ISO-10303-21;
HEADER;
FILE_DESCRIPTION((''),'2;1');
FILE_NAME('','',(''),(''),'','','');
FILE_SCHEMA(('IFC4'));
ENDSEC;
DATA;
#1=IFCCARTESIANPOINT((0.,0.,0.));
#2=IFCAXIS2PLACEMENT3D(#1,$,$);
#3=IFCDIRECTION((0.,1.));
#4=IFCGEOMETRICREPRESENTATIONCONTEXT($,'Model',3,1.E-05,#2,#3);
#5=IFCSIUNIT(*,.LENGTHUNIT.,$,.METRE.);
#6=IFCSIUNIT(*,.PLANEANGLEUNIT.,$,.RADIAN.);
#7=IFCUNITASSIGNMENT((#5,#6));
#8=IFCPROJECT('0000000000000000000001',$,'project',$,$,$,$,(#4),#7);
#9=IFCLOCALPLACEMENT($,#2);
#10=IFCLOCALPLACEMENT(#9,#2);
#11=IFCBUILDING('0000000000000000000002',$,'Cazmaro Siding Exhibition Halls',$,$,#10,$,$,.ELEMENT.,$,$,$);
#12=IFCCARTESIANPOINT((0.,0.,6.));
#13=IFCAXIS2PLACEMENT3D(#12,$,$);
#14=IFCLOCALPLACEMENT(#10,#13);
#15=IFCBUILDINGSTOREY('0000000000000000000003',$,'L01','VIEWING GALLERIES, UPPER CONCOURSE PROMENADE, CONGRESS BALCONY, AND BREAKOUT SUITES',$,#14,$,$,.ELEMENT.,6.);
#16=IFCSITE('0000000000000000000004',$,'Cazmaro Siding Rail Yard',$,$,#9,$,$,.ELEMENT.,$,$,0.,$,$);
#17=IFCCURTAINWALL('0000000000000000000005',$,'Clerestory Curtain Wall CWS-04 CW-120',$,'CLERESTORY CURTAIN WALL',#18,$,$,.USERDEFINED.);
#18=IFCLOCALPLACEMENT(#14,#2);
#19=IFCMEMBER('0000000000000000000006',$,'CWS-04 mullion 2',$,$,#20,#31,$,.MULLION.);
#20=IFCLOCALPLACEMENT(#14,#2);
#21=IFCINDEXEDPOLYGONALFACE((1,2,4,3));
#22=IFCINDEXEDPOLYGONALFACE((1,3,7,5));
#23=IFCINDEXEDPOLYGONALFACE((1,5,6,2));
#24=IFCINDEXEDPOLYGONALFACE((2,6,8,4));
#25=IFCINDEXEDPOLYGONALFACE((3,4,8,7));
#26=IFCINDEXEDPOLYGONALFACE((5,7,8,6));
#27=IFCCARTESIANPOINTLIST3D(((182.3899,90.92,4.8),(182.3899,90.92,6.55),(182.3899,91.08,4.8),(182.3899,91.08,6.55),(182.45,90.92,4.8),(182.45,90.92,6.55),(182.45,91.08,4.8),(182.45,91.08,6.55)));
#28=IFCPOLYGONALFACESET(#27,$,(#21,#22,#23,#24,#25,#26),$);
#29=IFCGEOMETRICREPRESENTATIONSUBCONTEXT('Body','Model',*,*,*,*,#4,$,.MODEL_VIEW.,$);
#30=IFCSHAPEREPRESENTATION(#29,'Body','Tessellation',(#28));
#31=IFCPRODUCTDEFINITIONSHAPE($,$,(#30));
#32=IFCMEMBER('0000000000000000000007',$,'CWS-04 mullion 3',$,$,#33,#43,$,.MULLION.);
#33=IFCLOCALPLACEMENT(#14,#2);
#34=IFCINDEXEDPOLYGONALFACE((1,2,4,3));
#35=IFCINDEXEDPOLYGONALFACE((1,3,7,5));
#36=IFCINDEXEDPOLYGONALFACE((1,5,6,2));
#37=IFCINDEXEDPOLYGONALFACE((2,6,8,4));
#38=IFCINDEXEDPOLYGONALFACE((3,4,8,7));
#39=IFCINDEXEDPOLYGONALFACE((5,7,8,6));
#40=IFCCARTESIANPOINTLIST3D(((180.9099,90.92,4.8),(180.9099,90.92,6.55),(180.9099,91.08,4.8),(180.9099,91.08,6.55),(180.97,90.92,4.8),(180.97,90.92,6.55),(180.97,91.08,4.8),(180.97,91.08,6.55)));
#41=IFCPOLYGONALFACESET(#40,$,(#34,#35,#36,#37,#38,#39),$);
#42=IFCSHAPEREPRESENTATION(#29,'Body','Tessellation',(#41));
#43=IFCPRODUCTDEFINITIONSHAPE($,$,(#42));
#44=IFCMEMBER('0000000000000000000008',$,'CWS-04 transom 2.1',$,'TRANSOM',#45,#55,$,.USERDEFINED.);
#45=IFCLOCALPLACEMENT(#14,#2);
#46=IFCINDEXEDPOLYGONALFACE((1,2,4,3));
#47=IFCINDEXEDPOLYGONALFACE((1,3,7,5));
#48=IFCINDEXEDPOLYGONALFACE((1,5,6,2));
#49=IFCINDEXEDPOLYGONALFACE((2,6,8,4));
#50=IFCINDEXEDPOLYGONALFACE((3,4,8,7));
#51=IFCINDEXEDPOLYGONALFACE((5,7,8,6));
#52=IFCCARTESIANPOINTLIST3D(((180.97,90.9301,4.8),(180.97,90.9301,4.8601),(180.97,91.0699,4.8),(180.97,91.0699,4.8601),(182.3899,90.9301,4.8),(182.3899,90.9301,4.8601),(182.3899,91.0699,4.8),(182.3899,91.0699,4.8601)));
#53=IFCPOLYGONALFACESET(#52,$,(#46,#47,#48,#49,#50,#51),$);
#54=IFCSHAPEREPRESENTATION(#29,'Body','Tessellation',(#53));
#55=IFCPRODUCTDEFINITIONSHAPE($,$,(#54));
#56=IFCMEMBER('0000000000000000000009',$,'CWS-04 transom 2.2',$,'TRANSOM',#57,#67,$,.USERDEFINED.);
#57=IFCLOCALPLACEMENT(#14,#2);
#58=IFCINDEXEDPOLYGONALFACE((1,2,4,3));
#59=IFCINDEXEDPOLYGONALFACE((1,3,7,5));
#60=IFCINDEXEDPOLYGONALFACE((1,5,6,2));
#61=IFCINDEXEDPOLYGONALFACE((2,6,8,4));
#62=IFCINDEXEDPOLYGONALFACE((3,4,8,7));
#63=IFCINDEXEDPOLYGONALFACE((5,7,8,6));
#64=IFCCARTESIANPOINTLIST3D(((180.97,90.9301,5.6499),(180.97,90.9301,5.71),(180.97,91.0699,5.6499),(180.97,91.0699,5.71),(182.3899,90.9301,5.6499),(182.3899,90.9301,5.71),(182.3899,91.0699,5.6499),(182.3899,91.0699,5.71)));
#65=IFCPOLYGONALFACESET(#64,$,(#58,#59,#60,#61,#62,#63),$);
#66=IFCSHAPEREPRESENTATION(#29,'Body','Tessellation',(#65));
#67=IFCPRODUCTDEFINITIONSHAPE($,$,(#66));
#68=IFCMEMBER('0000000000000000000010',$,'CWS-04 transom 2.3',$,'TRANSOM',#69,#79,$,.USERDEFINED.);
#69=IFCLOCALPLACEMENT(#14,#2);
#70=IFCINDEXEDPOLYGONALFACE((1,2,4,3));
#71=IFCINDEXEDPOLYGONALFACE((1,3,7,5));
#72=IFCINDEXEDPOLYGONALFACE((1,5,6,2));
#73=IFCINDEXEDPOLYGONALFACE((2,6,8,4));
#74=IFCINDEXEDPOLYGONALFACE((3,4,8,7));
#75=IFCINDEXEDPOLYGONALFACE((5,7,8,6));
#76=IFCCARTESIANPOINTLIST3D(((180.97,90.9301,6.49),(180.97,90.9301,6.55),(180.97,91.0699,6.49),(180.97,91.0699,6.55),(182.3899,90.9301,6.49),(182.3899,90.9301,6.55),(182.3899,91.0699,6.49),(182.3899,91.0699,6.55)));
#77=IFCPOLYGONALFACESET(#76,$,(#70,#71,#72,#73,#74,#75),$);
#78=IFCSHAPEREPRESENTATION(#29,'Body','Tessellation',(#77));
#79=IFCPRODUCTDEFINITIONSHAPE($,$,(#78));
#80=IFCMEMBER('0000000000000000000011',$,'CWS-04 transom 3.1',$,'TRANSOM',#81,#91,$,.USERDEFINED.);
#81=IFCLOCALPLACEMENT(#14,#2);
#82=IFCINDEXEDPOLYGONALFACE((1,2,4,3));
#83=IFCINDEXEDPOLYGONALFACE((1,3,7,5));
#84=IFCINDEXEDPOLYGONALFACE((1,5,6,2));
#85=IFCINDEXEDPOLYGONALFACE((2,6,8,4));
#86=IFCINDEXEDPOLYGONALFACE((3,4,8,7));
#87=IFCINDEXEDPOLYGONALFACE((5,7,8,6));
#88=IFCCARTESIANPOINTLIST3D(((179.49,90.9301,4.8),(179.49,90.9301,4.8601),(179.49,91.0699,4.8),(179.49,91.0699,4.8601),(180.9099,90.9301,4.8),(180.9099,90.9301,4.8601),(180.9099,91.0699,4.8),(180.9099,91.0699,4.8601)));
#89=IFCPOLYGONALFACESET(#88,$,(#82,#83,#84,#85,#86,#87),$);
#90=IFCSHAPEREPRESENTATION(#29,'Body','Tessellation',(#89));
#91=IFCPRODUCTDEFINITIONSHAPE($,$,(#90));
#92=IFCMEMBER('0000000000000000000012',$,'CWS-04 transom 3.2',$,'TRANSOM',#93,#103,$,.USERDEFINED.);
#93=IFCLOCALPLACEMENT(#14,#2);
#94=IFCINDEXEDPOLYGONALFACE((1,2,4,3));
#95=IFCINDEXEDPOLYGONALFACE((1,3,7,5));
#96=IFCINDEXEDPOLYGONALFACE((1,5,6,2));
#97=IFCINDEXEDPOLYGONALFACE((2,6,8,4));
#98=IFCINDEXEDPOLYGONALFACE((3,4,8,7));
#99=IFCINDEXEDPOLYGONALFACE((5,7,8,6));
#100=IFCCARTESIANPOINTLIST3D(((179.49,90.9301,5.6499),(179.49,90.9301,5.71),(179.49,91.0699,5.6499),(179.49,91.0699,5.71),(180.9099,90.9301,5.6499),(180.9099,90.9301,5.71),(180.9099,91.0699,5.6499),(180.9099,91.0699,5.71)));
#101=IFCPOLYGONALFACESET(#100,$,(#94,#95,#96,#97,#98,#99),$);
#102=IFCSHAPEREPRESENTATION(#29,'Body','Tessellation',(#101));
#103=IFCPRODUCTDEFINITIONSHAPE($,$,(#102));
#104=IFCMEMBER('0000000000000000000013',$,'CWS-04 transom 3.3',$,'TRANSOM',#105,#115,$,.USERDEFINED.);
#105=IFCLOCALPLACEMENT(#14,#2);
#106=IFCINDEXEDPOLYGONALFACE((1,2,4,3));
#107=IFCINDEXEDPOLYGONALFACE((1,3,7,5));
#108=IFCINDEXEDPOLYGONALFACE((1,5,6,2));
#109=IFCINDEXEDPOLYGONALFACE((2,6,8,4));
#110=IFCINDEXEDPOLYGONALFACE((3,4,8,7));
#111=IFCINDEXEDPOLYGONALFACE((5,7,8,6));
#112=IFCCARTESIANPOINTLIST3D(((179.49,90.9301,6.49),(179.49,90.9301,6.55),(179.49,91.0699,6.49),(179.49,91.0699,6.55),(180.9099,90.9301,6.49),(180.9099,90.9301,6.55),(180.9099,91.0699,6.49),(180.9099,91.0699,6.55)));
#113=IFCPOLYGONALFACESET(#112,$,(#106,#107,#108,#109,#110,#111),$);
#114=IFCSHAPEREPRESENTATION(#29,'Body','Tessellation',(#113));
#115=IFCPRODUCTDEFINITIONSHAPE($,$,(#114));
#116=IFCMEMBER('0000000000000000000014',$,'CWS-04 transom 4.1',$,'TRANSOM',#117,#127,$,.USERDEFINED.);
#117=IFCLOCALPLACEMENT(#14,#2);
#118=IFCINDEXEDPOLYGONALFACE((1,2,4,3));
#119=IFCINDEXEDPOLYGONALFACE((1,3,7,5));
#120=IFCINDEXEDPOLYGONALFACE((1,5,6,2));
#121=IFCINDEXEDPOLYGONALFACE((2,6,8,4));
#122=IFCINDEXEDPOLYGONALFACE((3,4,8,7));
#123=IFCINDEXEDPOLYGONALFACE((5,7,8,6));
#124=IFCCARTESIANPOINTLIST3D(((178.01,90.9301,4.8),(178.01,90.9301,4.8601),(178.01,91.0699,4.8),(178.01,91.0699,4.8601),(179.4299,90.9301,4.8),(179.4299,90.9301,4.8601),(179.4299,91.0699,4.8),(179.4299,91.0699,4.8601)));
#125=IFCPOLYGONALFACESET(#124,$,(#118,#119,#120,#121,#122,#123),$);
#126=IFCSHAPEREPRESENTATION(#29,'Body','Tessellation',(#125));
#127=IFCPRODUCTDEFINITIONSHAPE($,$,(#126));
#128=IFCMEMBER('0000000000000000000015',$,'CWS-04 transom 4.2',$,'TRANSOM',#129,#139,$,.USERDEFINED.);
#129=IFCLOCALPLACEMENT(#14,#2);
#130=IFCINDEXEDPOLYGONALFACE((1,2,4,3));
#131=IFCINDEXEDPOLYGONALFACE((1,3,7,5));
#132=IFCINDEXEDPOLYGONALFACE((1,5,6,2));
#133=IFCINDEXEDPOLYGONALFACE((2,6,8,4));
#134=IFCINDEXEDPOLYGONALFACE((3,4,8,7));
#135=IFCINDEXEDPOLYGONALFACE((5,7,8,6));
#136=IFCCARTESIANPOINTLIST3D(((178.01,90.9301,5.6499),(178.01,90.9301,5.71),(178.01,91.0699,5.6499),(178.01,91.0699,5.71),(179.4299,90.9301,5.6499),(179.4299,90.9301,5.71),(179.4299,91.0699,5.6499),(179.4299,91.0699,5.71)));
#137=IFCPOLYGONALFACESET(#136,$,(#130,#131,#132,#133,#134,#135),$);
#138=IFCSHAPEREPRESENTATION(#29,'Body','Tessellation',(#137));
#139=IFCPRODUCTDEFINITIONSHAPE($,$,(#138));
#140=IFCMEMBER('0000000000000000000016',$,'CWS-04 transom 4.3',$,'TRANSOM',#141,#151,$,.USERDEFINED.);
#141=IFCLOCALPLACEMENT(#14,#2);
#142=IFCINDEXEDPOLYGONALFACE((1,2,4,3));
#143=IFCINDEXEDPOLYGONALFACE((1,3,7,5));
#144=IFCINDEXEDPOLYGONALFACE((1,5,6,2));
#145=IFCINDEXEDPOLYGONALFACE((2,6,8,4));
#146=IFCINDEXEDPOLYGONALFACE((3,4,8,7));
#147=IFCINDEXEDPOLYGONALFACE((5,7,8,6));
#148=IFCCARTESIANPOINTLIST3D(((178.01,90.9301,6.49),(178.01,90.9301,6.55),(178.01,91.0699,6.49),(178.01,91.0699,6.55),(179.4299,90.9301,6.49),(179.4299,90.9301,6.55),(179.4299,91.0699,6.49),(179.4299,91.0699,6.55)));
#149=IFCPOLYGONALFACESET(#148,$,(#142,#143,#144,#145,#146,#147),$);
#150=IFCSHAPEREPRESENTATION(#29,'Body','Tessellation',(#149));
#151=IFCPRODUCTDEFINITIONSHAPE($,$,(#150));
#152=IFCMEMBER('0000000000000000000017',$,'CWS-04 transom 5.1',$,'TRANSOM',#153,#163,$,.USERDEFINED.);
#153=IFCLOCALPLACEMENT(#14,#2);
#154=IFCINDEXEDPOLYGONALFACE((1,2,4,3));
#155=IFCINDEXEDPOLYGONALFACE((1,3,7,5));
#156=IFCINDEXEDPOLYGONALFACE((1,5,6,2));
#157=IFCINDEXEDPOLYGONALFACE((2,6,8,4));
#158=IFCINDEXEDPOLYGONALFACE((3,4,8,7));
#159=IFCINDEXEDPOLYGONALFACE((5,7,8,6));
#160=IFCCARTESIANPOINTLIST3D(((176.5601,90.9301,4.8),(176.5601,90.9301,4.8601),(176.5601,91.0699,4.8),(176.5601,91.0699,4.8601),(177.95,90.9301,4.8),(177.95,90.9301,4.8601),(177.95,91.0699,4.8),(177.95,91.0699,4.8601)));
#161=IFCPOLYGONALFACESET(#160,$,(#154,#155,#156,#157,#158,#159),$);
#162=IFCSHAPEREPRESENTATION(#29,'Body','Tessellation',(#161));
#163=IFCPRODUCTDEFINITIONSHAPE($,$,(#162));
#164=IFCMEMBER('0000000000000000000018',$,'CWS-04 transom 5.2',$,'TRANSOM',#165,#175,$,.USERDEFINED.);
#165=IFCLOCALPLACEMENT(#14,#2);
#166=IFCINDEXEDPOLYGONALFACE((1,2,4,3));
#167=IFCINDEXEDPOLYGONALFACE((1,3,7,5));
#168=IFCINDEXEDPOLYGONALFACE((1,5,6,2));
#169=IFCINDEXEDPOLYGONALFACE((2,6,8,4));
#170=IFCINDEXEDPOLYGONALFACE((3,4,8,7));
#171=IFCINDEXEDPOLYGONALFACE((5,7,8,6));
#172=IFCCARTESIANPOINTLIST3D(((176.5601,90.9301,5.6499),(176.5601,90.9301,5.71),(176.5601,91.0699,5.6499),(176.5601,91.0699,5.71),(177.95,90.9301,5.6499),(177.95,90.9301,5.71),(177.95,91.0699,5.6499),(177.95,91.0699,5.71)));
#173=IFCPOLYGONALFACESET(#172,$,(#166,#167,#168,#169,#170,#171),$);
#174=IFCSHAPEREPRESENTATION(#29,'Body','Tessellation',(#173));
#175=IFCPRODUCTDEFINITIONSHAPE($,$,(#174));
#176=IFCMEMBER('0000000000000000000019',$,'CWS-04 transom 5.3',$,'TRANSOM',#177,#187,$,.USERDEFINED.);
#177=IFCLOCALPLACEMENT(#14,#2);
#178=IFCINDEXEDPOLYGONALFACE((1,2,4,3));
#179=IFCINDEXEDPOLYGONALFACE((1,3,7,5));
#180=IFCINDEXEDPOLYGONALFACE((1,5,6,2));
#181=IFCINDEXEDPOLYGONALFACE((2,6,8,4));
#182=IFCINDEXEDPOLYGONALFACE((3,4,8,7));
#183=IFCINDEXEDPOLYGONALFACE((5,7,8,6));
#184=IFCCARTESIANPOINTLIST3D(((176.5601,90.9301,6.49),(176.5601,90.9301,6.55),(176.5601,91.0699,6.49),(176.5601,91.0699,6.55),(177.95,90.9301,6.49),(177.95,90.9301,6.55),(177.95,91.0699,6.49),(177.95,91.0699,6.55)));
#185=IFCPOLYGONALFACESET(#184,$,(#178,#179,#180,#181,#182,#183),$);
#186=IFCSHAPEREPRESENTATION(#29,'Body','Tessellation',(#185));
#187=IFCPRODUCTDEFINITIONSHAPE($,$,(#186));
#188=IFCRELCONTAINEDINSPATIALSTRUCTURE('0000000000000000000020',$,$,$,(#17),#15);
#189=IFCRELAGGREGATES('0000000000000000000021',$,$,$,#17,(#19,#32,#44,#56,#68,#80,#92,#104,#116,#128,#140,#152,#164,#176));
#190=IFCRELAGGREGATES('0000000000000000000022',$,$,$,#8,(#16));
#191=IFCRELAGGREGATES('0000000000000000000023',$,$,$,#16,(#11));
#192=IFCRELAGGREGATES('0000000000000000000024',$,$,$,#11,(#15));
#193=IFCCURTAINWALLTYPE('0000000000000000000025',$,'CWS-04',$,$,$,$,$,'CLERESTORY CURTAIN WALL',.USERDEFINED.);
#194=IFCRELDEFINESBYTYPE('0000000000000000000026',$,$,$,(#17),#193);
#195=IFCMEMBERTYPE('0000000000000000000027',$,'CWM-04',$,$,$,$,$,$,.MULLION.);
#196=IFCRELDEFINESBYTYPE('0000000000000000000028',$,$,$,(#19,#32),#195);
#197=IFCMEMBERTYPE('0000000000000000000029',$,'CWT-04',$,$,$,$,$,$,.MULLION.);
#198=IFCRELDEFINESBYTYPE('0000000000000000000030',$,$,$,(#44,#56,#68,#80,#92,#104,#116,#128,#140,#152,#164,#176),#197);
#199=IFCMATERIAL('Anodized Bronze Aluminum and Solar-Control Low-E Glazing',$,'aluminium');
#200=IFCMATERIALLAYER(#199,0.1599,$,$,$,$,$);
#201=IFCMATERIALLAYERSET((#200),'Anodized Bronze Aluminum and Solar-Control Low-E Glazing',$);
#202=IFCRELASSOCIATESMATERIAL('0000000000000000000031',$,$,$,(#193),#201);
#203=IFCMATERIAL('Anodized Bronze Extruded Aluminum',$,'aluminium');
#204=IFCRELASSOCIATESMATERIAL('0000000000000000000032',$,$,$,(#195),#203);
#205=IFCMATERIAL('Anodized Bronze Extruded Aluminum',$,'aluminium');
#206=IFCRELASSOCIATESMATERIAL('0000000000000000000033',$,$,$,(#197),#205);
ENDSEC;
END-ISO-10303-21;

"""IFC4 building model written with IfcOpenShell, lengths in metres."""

from ifc_helpers import new_model, si_unit, direction, frame, origin, origin_2d, place, context, subcontext, project, spatial, rectangle, extrude, material, layer, layer_set, material_profile, profile_set, type_object, element, aggregate, save


model = new_model("IFC4")

# Units and contexts
model_context = context("Model", 3, precision=1e-05, world=origin(), true_north=direction((0.0, 1.0)))
body_context = subcontext(model_context, "Body", "Model", "MODEL_VIEW")
ifc_project = project(units=[si_unit("LENGTHUNIT", "METRE"), si_unit("PLANEANGLEUNIT", "RADIAN")], contexts=[model_context])

# Site, building, storey
site_placement = place(None, origin())
site = spatial("IfcSite", under=ifc_project, at=site_placement, Name="Cazmaro Siding Rail Yard", CompositionType="ELEMENT", RefElevation=0.0)
building_placement = place(site_placement, origin())
building = spatial("IfcBuilding", under=site, at=building_placement, Name="Cazmaro Siding Exhibition Halls", CompositionType="ELEMENT")
storey_placement = place(building_placement, frame((0.0, 0.0, 6.0)))
storey = spatial("IfcBuildingStorey", under=building, at=storey_placement, Name="L01", Description="VIEWING GALLERIES, UPPER CONCOURSE PROMENADE, CONGRESS BALCONY, AND BREAKOUT SUITES", CompositionType="ELEMENT", Elevation=6.0)

# Curtain wall, members
ifc_material_1 = material(Name="Anodized Bronze Aluminum and Solar-Control Low-E Glazing", Category="aluminium")
ifc_layer_1 = layer(ifc_material_1, 0.1599)
ifc_layer_set_1 = layer_set([ifc_layer_1], Name="Anodized Bronze Aluminum and Solar-Control Low-E Glazing")
curtain_wall_type = type_object("IfcCurtainWallType", Name="CWS-04", ElementType="CLERESTORY CURTAIN WALL", PredefinedType="USERDEFINED", material=ifc_layer_set_1)
curtain_wall_placement = place(storey_placement, origin())
curtain_wall = element("IfcCurtainWall", 1, at=curtain_wall_placement, inside=storey, type_object=curtain_wall_type, Name="Clerestory Curtain Wall CWS-04 CW-120", ObjectType="CLERESTORY CURTAIN WALL", PredefinedType="USERDEFINED")
ifc_material_2 = material(Name="Anodized Bronze Extruded Aluminum", Category="aluminium")
ifc_material_profile_1 = material_profile(ifc_material_2, rectangle(XDim=0.1599, YDim=0.0601, at=origin_2d()), Name="CWM-04")
ifc_profile_set_1 = profile_set([ifc_material_profile_1], Name="Anodized Bronze Extruded Aluminum")
member_type_1 = type_object("IfcMemberType", Name="CWM-04", PredefinedType="MULLION", material=ifc_profile_set_1)
member_1_placement = place(storey_placement, frame((182.4199, 91.0, 4.8), z_axis=(0.0, 0.0, 1.0), x_axis=(0.0, -1.0, 0.0)))
member_1 = element("IfcMember", 2, at=member_1_placement, type_object=member_type_1, Name="CWS-04 mullion 2", PredefinedType="MULLION", context=body_context, shape_type="SweptSolid", body=[
    extrude(rectangle(XDim=0.1599, YDim=0.0601, at=origin_2d()), origin(), (0.0, 0.0, 1.0), 1.75),
])
member_2_placement = place(storey_placement, frame((180.9399, 91.0, 4.8), z_axis=(0.0, 0.0, 1.0), x_axis=(0.0, -1.0, 0.0)))
member_2 = element("IfcMember", 3, at=member_2_placement, type_object=member_type_1, Name="CWS-04 mullion 3", PredefinedType="MULLION", context=body_context, shape_type="SweptSolid", body=[
    extrude(rectangle(XDim=0.1599, YDim=0.0601, at=origin_2d()), origin(), (0.0, 0.0, 1.0), 1.75),
])
ifc_material_3 = material(Name="Anodized Bronze Extruded Aluminum", Category="aluminium")
ifc_material_profile_2 = material_profile(ifc_material_3, rectangle(XDim=0.1399, YDim=0.0601, at=origin_2d()), Name="CWT-04")
ifc_profile_set_2 = profile_set([ifc_material_profile_2], Name="Anodized Bronze Extruded Aluminum")
member_type_2 = type_object("IfcMemberType", Name="CWT-04", PredefinedType="MULLION", material=ifc_profile_set_2)
member_3_placement = place(storey_placement, frame((182.3899, 91.0, 4.8301), z_axis=(-1.0, 0.0, 0.0), x_axis=(0.0, -1.0, 0.0)))
member_3 = element("IfcMember", 4, at=member_3_placement, type_object=member_type_2, Name="CWS-04 transom 2.1", ObjectType="TRANSOM", PredefinedType="USERDEFINED", context=body_context, shape_type="SweptSolid", body=[
    extrude(rectangle(XDim=0.1399, YDim=0.0601, at=origin_2d()), origin(), (0.0, 0.0, 1.0), 1.4199),
])
member_4_placement = place(storey_placement, frame((182.3899, 91.0, 5.6799), z_axis=(-1.0, 0.0, 0.0), x_axis=(0.0, -1.0, 0.0)))
member_4 = element("IfcMember", 5, at=member_4_placement, type_object=member_type_2, Name="CWS-04 transom 2.2", ObjectType="TRANSOM", PredefinedType="USERDEFINED", context=body_context, shape_type="SweptSolid", body=[
    extrude(rectangle(XDim=0.1399, YDim=0.0601, at=origin_2d()), origin(), (0.0, 0.0, 1.0), 1.4199),
])
member_5_placement = place(storey_placement, frame((182.3899, 91.0, 6.52), z_axis=(-1.0, 0.0, 0.0), x_axis=(0.0, -1.0, 0.0)))
member_5 = element("IfcMember", 6, at=member_5_placement, type_object=member_type_2, Name="CWS-04 transom 2.3", ObjectType="TRANSOM", PredefinedType="USERDEFINED", context=body_context, shape_type="SweptSolid", body=[
    extrude(rectangle(XDim=0.1399, YDim=0.0601, at=origin_2d()), origin(), (0.0, 0.0, 1.0), 1.4199),
])
member_6_placement = place(storey_placement, frame((180.9099, 91.0, 4.8301), z_axis=(-1.0, 0.0, 0.0), x_axis=(0.0, -1.0, 0.0)))
member_6 = element("IfcMember", 7, at=member_6_placement, type_object=member_type_2, Name="CWS-04 transom 3.1", ObjectType="TRANSOM", PredefinedType="USERDEFINED", context=body_context, shape_type="SweptSolid", body=[
    extrude(rectangle(XDim=0.1399, YDim=0.0601, at=origin_2d()), origin(), (0.0, 0.0, 1.0), 1.4199),
])
member_7_placement = place(storey_placement, frame((180.9099, 91.0, 5.6799), z_axis=(-1.0, 0.0, 0.0), x_axis=(0.0, -1.0, 0.0)))
member_7 = element("IfcMember", 8, at=member_7_placement, type_object=member_type_2, Name="CWS-04 transom 3.2", ObjectType="TRANSOM", PredefinedType="USERDEFINED", context=body_context, shape_type="SweptSolid", body=[
    extrude(rectangle(XDim=0.1399, YDim=0.0601, at=origin_2d()), origin(), (0.0, 0.0, 1.0), 1.4199),
])
member_8_placement = place(storey_placement, frame((180.9099, 91.0, 6.52), z_axis=(-1.0, 0.0, 0.0), x_axis=(0.0, -1.0, 0.0)))
member_8 = element("IfcMember", 9, at=member_8_placement, type_object=member_type_2, Name="CWS-04 transom 3.3", ObjectType="TRANSOM", PredefinedType="USERDEFINED", context=body_context, shape_type="SweptSolid", body=[
    extrude(rectangle(XDim=0.1399, YDim=0.0601, at=origin_2d()), origin(), (0.0, 0.0, 1.0), 1.4199),
])
member_9_placement = place(storey_placement, frame((179.4299, 91.0, 4.8301), z_axis=(-1.0, 0.0, 0.0), x_axis=(0.0, -1.0, 0.0)))
member_9 = element("IfcMember", 10, at=member_9_placement, type_object=member_type_2, Name="CWS-04 transom 4.1", ObjectType="TRANSOM", PredefinedType="USERDEFINED", context=body_context, shape_type="SweptSolid", body=[
    extrude(rectangle(XDim=0.1399, YDim=0.0601, at=origin_2d()), origin(), (0.0, 0.0, 1.0), 1.4199),
])
member_10_placement = place(storey_placement, frame((179.4299, 91.0, 5.6799), z_axis=(-1.0, 0.0, 0.0), x_axis=(0.0, -1.0, 0.0)))
member_10 = element("IfcMember", 11, at=member_10_placement, type_object=member_type_2, Name="CWS-04 transom 4.2", ObjectType="TRANSOM", PredefinedType="USERDEFINED", context=body_context, shape_type="SweptSolid", body=[
    extrude(rectangle(XDim=0.1399, YDim=0.0601, at=origin_2d()), origin(), (0.0, 0.0, 1.0), 1.4199),
])
member_11_placement = place(storey_placement, frame((179.4299, 91.0, 6.52), z_axis=(-1.0, 0.0, 0.0), x_axis=(0.0, -1.0, 0.0)))
member_11 = element("IfcMember", 12, at=member_11_placement, type_object=member_type_2, Name="CWS-04 transom 4.3", ObjectType="TRANSOM", PredefinedType="USERDEFINED", context=body_context, shape_type="SweptSolid", body=[
    extrude(rectangle(XDim=0.1399, YDim=0.0601, at=origin_2d()), origin(), (0.0, 0.0, 1.0), 1.4199),
])
member_12_placement = place(storey_placement, frame((177.95, 91.0, 4.8301), z_axis=(-1.0, 0.0, 0.0), x_axis=(0.0, -1.0, 0.0)))
member_12 = element("IfcMember", 13, at=member_12_placement, type_object=member_type_2, Name="CWS-04 transom 5.1", ObjectType="TRANSOM", PredefinedType="USERDEFINED", context=body_context, shape_type="SweptSolid", body=[
    extrude(rectangle(XDim=0.1399, YDim=0.0601, at=origin_2d()), origin(), (0.0, 0.0, 1.0), 1.3899),
])
member_13_placement = place(storey_placement, frame((177.95, 91.0, 5.6799), z_axis=(-1.0, 0.0, 0.0), x_axis=(0.0, -1.0, 0.0)))
member_13 = element("IfcMember", 14, at=member_13_placement, type_object=member_type_2, Name="CWS-04 transom 5.2", ObjectType="TRANSOM", PredefinedType="USERDEFINED", context=body_context, shape_type="SweptSolid", body=[
    extrude(rectangle(XDim=0.1399, YDim=0.0601, at=origin_2d()), origin(), (0.0, 0.0, 1.0), 1.3899),
])
member_14_placement = place(storey_placement, frame((177.95, 91.0, 6.52), z_axis=(-1.0, 0.0, 0.0), x_axis=(0.0, -1.0, 0.0)))
member_14 = element("IfcMember", 15, at=member_14_placement, type_object=member_type_2, Name="CWS-04 transom 5.3", ObjectType="TRANSOM", PredefinedType="USERDEFINED", context=body_context, shape_type="SweptSolid", body=[
    extrude(rectangle(XDim=0.1399, YDim=0.0601, at=origin_2d()), origin(), (0.0, 0.0, 1.0), 1.3899),
])
aggregate(curtain_wall, [member_1, member_2, member_3, member_4, member_5, member_6, member_7, member_8, member_9, member_10, member_11, member_12, member_13, member_14])

save(model, "model.ifc")
